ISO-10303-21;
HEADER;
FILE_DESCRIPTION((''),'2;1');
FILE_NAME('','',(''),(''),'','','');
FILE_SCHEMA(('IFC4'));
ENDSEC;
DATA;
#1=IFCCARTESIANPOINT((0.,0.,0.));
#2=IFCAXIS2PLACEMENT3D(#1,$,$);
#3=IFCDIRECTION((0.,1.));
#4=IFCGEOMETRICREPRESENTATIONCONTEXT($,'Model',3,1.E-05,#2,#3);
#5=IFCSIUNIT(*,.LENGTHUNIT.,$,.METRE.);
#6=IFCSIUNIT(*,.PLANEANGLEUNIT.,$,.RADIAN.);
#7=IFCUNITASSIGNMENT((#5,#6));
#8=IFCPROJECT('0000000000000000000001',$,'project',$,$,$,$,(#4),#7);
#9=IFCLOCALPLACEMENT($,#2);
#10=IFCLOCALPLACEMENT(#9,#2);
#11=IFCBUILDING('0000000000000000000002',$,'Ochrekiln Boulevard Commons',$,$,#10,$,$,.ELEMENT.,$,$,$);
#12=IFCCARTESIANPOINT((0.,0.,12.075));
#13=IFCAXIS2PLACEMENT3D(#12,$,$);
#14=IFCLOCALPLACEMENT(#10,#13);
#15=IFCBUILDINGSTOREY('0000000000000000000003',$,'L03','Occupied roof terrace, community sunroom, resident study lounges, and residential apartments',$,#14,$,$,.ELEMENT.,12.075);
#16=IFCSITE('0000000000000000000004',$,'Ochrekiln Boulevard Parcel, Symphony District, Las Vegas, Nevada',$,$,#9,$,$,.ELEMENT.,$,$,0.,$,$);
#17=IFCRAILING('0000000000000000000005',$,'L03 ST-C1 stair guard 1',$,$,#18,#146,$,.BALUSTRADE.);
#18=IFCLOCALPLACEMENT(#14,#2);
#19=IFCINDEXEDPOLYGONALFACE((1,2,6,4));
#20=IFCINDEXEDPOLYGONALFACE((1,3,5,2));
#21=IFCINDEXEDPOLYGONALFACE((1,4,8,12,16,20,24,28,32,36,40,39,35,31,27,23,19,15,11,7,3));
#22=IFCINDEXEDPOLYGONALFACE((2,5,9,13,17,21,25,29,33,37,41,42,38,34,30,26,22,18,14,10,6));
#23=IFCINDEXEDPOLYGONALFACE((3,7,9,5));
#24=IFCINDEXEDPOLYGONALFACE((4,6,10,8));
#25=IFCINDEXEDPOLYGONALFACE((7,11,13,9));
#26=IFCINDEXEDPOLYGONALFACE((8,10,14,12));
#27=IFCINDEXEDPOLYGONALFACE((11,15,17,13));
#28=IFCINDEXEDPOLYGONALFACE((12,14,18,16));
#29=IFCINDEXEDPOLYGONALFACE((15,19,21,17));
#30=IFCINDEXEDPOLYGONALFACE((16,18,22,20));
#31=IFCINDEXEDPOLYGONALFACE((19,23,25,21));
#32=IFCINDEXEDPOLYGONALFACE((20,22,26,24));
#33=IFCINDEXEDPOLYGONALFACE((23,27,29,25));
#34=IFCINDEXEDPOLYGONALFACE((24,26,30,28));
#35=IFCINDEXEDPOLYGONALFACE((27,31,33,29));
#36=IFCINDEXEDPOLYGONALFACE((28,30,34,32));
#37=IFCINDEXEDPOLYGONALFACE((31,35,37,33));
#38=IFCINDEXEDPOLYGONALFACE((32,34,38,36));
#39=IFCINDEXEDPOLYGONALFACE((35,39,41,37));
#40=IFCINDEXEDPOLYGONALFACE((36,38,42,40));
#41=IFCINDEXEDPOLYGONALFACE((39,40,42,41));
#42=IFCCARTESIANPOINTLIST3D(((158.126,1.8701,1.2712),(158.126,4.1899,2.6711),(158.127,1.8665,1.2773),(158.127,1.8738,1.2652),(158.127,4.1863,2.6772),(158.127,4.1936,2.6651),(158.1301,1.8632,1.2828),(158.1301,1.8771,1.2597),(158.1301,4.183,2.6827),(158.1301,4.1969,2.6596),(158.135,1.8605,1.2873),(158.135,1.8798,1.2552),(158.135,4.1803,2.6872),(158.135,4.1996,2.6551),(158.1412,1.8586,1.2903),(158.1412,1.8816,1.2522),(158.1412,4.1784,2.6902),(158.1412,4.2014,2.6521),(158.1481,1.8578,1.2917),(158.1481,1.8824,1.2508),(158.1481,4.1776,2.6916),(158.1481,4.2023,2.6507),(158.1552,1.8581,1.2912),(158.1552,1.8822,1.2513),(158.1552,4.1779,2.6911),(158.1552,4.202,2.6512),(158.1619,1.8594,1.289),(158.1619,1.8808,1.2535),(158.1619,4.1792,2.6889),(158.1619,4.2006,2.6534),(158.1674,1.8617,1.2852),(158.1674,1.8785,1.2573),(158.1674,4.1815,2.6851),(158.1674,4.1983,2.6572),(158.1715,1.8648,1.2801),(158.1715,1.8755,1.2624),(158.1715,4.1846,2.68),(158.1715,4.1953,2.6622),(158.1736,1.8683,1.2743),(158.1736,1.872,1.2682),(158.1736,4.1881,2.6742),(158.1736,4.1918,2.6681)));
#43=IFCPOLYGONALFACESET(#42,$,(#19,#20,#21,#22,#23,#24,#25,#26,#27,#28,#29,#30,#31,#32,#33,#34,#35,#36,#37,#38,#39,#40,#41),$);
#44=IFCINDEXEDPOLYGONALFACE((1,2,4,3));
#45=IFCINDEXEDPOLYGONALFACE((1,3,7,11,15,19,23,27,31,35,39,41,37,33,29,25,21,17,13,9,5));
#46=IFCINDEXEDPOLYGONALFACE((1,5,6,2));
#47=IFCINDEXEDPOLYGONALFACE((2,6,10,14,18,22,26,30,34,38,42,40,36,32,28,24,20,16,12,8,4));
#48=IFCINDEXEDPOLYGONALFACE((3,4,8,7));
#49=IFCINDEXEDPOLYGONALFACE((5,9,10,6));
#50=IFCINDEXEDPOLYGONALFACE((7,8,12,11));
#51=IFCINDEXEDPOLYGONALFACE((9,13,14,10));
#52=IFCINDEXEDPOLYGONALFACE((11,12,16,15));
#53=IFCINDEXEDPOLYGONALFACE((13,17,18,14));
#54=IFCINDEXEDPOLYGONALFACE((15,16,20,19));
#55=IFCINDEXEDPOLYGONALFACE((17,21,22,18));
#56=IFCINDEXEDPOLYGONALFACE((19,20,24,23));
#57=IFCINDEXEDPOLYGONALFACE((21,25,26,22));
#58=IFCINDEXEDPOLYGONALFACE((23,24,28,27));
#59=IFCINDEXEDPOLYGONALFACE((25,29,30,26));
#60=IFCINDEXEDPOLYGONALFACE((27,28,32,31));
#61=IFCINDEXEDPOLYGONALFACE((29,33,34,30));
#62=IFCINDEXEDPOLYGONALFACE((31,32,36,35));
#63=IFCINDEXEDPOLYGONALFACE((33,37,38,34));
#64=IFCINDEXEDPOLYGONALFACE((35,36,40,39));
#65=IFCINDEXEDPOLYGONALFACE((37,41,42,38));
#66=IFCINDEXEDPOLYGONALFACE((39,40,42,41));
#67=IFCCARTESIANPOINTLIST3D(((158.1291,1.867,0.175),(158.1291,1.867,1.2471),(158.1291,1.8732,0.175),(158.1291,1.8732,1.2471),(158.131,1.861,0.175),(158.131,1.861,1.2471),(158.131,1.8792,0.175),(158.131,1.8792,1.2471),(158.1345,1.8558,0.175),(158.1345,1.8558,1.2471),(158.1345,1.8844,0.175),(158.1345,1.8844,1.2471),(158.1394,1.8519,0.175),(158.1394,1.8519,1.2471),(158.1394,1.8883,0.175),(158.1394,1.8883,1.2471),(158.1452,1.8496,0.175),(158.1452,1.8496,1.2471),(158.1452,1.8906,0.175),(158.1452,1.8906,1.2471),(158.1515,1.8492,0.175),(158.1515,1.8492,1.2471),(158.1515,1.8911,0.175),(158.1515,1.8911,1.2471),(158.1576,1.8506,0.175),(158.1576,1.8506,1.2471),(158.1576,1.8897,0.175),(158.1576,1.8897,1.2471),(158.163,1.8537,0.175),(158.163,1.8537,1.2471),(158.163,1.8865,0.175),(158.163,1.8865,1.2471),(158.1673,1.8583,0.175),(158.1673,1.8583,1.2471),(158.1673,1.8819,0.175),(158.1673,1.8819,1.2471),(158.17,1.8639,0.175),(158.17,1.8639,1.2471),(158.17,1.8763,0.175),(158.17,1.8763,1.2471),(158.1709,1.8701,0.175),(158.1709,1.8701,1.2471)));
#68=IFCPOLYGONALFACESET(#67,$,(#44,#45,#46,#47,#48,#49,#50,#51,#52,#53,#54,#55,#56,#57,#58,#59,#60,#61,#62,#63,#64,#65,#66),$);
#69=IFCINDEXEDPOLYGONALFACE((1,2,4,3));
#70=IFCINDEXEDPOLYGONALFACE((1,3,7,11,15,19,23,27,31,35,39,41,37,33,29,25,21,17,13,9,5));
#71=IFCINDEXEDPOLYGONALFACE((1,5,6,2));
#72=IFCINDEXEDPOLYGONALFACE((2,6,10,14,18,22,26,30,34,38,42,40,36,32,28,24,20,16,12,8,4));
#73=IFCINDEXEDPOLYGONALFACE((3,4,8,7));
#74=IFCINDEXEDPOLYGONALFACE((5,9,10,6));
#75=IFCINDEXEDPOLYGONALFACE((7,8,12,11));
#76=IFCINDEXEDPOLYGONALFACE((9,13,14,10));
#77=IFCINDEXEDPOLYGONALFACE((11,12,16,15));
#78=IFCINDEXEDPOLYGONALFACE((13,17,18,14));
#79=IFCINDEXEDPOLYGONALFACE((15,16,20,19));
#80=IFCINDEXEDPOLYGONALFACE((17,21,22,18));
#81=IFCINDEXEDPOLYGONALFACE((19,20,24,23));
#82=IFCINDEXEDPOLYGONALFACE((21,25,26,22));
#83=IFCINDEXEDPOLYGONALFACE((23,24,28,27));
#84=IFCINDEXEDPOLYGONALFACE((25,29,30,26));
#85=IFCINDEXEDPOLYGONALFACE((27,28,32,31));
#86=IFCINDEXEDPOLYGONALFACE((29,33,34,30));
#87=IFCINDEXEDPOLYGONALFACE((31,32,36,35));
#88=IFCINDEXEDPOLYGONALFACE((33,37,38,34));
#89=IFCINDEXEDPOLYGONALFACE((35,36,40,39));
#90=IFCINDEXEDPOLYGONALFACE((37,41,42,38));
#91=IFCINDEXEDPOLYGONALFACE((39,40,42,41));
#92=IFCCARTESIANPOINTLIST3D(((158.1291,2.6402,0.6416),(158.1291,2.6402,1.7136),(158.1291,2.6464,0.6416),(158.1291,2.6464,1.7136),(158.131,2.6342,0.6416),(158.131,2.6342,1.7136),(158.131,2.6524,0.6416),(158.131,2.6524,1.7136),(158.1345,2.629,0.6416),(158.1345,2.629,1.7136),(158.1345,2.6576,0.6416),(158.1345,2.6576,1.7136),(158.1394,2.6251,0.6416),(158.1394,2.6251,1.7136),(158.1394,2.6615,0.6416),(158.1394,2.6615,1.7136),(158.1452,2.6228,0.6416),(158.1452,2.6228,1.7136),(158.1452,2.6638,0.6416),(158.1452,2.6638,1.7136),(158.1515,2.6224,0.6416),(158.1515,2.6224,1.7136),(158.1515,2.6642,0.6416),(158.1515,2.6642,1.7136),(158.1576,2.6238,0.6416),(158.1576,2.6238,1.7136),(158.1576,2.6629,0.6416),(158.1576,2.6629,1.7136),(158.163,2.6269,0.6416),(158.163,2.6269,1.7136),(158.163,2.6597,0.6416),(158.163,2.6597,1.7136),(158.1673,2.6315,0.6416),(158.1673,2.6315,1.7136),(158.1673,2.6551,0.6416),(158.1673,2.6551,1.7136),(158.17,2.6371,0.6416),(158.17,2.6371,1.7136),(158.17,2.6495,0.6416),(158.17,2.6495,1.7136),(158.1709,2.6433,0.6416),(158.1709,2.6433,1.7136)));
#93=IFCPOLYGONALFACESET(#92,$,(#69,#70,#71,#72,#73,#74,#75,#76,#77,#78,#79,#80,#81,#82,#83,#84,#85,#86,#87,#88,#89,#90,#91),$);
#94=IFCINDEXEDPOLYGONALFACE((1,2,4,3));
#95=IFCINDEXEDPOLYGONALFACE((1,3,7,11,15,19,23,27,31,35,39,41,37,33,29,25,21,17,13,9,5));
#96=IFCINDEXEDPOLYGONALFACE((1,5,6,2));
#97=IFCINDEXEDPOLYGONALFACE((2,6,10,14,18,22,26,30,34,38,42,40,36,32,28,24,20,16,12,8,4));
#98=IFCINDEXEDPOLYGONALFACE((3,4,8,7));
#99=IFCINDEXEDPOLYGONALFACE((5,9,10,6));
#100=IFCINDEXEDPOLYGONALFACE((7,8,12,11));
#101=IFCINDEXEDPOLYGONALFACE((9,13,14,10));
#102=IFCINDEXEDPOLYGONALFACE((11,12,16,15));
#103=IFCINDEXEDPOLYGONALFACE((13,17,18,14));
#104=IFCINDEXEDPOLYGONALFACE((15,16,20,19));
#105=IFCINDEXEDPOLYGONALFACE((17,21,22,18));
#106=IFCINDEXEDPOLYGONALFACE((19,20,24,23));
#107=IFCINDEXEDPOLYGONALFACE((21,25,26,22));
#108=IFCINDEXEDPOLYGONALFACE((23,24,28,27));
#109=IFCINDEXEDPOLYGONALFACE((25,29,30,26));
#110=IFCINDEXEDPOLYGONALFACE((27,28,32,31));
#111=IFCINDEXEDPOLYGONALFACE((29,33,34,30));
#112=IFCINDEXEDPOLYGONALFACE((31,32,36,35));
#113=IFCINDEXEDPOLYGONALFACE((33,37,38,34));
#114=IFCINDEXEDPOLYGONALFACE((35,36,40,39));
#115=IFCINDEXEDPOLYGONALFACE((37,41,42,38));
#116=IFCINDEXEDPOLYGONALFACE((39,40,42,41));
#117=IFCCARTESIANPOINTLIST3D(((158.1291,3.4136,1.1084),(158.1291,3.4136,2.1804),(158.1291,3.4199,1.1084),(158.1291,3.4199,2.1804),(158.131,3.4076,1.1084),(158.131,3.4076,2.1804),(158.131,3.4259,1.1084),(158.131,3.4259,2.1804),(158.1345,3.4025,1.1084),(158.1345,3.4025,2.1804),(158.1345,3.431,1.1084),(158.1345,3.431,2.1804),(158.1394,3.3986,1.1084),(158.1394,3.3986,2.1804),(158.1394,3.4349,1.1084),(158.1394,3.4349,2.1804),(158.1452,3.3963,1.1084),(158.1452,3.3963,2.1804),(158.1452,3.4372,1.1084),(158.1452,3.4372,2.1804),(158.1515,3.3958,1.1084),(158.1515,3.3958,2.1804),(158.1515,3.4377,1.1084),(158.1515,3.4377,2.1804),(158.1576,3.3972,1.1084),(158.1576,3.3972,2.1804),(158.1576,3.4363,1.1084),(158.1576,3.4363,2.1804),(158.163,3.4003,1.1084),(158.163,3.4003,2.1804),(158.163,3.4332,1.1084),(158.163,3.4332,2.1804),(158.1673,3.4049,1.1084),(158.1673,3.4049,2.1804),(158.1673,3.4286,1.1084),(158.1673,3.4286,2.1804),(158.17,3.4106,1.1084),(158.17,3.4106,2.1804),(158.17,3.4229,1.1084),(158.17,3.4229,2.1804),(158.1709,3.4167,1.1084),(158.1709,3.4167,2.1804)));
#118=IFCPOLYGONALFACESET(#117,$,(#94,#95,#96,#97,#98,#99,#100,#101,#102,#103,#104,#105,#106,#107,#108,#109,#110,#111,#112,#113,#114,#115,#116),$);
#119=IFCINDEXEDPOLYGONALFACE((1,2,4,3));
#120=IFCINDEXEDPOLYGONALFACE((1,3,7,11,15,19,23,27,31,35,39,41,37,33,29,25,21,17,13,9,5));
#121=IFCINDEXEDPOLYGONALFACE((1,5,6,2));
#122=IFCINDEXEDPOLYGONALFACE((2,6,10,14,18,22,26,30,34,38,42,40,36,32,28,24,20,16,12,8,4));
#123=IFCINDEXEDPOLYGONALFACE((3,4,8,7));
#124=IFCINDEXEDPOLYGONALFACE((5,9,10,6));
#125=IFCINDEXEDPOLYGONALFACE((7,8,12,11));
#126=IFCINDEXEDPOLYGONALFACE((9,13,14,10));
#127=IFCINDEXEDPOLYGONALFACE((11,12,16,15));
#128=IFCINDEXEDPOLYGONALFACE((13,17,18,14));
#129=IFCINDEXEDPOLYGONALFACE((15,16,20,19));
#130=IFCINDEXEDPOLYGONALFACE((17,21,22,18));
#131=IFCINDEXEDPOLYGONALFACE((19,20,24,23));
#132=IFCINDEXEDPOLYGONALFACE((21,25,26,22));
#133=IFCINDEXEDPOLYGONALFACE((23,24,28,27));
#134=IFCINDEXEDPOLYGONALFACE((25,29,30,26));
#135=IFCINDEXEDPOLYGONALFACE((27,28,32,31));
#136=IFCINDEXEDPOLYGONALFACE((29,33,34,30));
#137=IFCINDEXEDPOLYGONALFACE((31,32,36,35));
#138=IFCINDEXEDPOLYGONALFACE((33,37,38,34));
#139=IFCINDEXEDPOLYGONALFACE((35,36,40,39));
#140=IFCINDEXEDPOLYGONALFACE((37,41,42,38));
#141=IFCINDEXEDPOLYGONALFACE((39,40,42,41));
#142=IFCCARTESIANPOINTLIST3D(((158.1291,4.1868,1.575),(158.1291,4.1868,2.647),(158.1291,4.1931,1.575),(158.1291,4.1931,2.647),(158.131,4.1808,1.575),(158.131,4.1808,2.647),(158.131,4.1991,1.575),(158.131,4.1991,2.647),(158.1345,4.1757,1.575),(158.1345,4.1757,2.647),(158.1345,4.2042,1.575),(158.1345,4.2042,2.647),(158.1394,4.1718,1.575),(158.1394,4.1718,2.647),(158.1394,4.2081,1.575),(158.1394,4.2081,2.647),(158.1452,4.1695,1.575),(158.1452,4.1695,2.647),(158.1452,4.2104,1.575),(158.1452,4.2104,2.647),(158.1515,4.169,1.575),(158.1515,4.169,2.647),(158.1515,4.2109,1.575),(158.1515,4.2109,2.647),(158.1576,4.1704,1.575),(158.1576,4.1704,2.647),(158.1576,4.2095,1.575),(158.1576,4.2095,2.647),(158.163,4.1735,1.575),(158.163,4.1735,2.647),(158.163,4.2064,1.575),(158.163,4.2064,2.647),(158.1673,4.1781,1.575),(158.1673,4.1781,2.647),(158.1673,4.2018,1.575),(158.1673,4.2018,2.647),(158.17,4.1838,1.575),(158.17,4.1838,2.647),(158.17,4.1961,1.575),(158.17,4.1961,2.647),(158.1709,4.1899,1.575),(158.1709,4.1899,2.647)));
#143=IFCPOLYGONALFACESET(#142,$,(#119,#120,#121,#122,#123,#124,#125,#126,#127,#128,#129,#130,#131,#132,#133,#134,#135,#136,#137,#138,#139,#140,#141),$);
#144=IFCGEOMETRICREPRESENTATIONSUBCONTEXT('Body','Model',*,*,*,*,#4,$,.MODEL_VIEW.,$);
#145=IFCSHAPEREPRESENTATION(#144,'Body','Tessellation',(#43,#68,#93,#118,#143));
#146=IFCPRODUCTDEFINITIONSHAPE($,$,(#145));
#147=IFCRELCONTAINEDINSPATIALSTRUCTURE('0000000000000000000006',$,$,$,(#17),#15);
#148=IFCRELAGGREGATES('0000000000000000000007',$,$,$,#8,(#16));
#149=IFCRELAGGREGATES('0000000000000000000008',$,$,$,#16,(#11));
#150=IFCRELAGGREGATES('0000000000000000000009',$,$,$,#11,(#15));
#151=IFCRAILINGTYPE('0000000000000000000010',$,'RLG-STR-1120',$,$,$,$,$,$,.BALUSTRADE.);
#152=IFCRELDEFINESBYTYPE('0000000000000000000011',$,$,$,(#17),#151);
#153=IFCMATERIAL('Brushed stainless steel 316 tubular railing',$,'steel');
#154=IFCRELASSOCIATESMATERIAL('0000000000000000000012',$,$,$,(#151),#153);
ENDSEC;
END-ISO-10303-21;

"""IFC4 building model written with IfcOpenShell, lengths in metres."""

from ifc_helpers import new_model, si_unit, direction, frame, origin, origin_2d, place, context, subcontext, project, spatial, circle, extrude, material, type_object, element, save


model = new_model("IFC4")

# Units and contexts
model_context = context("Model", 3, precision=1e-05, world=origin(), true_north=direction((0.0, 1.0)))
body_context = subcontext(model_context, "Body", "Model", "MODEL_VIEW")
ifc_project = project(units=[si_unit("LENGTHUNIT", "METRE"), si_unit("PLANEANGLEUNIT", "RADIAN")], contexts=[model_context])

# Site, building, storey
site_placement = place(None, origin())
site = spatial("IfcSite", under=ifc_project, at=site_placement, Name="Ochrekiln Boulevard Parcel, Symphony District, Las Vegas, Nevada", CompositionType="ELEMENT", RefElevation=0.0)
building_placement = place(site_placement, origin())
building = spatial("IfcBuilding", under=site, at=building_placement, Name="Ochrekiln Boulevard Commons", CompositionType="ELEMENT")
storey_placement = place(building_placement, frame((0.0, 0.0, 12.075)))
storey = spatial("IfcBuildingStorey", under=building, at=storey_placement, Name="L03", Description="Occupied roof terrace, community sunroom, resident study lounges, and residential apartments", CompositionType="ELEMENT", Elevation=12.075)

# Railing
ifc_material_1 = material(Name="Brushed stainless steel 316 tubular railing", Category="steel")
railing_type_1 = type_object("IfcRailingType", Name="RLG-STR-1120", PredefinedType="BALUSTRADE", material=ifc_material_1)
railing_1_placement = place(storey_placement, frame((158.1499, 1.8701, 0.175)))
element("IfcRailing", 1, at=railing_1_placement, inside=storey, type_object=railing_type_1, Name="L03 ST-C1 stair guard 1", PredefinedType="BALUSTRADE", context=body_context, shape_type="SweptSolid", body=[
    extrude(circle(Radius=0.0239, at=origin_2d()), frame((0.0, 0.0, 1.0962), z_axis=(0.0, 0.856186, 0.516667), x_axis=(-1.0, 0.0, 0.0)), (0.0, 0.0, 1.0), 2.7095),
    extrude(circle(Radius=0.021, at=origin_2d()), origin(), (0.0, 0.0, 1.0), 1.072),
    extrude(circle(Radius=0.021, at=origin_2d()), frame((0.0, 0.7732, 0.4666)), (0.0, 0.0, 1.0), 1.072),
    extrude(circle(Radius=0.021, at=origin_2d()), frame((0.0, 1.5466, 0.9333)), (0.0, 0.0, 1.0), 1.072),
    extrude(circle(Radius=0.021, at=origin_2d()), frame((0.0, 2.3198, 1.3999)), (0.0, 0.0, 1.0), 1.072),
])

save(model, "model.ifc")
